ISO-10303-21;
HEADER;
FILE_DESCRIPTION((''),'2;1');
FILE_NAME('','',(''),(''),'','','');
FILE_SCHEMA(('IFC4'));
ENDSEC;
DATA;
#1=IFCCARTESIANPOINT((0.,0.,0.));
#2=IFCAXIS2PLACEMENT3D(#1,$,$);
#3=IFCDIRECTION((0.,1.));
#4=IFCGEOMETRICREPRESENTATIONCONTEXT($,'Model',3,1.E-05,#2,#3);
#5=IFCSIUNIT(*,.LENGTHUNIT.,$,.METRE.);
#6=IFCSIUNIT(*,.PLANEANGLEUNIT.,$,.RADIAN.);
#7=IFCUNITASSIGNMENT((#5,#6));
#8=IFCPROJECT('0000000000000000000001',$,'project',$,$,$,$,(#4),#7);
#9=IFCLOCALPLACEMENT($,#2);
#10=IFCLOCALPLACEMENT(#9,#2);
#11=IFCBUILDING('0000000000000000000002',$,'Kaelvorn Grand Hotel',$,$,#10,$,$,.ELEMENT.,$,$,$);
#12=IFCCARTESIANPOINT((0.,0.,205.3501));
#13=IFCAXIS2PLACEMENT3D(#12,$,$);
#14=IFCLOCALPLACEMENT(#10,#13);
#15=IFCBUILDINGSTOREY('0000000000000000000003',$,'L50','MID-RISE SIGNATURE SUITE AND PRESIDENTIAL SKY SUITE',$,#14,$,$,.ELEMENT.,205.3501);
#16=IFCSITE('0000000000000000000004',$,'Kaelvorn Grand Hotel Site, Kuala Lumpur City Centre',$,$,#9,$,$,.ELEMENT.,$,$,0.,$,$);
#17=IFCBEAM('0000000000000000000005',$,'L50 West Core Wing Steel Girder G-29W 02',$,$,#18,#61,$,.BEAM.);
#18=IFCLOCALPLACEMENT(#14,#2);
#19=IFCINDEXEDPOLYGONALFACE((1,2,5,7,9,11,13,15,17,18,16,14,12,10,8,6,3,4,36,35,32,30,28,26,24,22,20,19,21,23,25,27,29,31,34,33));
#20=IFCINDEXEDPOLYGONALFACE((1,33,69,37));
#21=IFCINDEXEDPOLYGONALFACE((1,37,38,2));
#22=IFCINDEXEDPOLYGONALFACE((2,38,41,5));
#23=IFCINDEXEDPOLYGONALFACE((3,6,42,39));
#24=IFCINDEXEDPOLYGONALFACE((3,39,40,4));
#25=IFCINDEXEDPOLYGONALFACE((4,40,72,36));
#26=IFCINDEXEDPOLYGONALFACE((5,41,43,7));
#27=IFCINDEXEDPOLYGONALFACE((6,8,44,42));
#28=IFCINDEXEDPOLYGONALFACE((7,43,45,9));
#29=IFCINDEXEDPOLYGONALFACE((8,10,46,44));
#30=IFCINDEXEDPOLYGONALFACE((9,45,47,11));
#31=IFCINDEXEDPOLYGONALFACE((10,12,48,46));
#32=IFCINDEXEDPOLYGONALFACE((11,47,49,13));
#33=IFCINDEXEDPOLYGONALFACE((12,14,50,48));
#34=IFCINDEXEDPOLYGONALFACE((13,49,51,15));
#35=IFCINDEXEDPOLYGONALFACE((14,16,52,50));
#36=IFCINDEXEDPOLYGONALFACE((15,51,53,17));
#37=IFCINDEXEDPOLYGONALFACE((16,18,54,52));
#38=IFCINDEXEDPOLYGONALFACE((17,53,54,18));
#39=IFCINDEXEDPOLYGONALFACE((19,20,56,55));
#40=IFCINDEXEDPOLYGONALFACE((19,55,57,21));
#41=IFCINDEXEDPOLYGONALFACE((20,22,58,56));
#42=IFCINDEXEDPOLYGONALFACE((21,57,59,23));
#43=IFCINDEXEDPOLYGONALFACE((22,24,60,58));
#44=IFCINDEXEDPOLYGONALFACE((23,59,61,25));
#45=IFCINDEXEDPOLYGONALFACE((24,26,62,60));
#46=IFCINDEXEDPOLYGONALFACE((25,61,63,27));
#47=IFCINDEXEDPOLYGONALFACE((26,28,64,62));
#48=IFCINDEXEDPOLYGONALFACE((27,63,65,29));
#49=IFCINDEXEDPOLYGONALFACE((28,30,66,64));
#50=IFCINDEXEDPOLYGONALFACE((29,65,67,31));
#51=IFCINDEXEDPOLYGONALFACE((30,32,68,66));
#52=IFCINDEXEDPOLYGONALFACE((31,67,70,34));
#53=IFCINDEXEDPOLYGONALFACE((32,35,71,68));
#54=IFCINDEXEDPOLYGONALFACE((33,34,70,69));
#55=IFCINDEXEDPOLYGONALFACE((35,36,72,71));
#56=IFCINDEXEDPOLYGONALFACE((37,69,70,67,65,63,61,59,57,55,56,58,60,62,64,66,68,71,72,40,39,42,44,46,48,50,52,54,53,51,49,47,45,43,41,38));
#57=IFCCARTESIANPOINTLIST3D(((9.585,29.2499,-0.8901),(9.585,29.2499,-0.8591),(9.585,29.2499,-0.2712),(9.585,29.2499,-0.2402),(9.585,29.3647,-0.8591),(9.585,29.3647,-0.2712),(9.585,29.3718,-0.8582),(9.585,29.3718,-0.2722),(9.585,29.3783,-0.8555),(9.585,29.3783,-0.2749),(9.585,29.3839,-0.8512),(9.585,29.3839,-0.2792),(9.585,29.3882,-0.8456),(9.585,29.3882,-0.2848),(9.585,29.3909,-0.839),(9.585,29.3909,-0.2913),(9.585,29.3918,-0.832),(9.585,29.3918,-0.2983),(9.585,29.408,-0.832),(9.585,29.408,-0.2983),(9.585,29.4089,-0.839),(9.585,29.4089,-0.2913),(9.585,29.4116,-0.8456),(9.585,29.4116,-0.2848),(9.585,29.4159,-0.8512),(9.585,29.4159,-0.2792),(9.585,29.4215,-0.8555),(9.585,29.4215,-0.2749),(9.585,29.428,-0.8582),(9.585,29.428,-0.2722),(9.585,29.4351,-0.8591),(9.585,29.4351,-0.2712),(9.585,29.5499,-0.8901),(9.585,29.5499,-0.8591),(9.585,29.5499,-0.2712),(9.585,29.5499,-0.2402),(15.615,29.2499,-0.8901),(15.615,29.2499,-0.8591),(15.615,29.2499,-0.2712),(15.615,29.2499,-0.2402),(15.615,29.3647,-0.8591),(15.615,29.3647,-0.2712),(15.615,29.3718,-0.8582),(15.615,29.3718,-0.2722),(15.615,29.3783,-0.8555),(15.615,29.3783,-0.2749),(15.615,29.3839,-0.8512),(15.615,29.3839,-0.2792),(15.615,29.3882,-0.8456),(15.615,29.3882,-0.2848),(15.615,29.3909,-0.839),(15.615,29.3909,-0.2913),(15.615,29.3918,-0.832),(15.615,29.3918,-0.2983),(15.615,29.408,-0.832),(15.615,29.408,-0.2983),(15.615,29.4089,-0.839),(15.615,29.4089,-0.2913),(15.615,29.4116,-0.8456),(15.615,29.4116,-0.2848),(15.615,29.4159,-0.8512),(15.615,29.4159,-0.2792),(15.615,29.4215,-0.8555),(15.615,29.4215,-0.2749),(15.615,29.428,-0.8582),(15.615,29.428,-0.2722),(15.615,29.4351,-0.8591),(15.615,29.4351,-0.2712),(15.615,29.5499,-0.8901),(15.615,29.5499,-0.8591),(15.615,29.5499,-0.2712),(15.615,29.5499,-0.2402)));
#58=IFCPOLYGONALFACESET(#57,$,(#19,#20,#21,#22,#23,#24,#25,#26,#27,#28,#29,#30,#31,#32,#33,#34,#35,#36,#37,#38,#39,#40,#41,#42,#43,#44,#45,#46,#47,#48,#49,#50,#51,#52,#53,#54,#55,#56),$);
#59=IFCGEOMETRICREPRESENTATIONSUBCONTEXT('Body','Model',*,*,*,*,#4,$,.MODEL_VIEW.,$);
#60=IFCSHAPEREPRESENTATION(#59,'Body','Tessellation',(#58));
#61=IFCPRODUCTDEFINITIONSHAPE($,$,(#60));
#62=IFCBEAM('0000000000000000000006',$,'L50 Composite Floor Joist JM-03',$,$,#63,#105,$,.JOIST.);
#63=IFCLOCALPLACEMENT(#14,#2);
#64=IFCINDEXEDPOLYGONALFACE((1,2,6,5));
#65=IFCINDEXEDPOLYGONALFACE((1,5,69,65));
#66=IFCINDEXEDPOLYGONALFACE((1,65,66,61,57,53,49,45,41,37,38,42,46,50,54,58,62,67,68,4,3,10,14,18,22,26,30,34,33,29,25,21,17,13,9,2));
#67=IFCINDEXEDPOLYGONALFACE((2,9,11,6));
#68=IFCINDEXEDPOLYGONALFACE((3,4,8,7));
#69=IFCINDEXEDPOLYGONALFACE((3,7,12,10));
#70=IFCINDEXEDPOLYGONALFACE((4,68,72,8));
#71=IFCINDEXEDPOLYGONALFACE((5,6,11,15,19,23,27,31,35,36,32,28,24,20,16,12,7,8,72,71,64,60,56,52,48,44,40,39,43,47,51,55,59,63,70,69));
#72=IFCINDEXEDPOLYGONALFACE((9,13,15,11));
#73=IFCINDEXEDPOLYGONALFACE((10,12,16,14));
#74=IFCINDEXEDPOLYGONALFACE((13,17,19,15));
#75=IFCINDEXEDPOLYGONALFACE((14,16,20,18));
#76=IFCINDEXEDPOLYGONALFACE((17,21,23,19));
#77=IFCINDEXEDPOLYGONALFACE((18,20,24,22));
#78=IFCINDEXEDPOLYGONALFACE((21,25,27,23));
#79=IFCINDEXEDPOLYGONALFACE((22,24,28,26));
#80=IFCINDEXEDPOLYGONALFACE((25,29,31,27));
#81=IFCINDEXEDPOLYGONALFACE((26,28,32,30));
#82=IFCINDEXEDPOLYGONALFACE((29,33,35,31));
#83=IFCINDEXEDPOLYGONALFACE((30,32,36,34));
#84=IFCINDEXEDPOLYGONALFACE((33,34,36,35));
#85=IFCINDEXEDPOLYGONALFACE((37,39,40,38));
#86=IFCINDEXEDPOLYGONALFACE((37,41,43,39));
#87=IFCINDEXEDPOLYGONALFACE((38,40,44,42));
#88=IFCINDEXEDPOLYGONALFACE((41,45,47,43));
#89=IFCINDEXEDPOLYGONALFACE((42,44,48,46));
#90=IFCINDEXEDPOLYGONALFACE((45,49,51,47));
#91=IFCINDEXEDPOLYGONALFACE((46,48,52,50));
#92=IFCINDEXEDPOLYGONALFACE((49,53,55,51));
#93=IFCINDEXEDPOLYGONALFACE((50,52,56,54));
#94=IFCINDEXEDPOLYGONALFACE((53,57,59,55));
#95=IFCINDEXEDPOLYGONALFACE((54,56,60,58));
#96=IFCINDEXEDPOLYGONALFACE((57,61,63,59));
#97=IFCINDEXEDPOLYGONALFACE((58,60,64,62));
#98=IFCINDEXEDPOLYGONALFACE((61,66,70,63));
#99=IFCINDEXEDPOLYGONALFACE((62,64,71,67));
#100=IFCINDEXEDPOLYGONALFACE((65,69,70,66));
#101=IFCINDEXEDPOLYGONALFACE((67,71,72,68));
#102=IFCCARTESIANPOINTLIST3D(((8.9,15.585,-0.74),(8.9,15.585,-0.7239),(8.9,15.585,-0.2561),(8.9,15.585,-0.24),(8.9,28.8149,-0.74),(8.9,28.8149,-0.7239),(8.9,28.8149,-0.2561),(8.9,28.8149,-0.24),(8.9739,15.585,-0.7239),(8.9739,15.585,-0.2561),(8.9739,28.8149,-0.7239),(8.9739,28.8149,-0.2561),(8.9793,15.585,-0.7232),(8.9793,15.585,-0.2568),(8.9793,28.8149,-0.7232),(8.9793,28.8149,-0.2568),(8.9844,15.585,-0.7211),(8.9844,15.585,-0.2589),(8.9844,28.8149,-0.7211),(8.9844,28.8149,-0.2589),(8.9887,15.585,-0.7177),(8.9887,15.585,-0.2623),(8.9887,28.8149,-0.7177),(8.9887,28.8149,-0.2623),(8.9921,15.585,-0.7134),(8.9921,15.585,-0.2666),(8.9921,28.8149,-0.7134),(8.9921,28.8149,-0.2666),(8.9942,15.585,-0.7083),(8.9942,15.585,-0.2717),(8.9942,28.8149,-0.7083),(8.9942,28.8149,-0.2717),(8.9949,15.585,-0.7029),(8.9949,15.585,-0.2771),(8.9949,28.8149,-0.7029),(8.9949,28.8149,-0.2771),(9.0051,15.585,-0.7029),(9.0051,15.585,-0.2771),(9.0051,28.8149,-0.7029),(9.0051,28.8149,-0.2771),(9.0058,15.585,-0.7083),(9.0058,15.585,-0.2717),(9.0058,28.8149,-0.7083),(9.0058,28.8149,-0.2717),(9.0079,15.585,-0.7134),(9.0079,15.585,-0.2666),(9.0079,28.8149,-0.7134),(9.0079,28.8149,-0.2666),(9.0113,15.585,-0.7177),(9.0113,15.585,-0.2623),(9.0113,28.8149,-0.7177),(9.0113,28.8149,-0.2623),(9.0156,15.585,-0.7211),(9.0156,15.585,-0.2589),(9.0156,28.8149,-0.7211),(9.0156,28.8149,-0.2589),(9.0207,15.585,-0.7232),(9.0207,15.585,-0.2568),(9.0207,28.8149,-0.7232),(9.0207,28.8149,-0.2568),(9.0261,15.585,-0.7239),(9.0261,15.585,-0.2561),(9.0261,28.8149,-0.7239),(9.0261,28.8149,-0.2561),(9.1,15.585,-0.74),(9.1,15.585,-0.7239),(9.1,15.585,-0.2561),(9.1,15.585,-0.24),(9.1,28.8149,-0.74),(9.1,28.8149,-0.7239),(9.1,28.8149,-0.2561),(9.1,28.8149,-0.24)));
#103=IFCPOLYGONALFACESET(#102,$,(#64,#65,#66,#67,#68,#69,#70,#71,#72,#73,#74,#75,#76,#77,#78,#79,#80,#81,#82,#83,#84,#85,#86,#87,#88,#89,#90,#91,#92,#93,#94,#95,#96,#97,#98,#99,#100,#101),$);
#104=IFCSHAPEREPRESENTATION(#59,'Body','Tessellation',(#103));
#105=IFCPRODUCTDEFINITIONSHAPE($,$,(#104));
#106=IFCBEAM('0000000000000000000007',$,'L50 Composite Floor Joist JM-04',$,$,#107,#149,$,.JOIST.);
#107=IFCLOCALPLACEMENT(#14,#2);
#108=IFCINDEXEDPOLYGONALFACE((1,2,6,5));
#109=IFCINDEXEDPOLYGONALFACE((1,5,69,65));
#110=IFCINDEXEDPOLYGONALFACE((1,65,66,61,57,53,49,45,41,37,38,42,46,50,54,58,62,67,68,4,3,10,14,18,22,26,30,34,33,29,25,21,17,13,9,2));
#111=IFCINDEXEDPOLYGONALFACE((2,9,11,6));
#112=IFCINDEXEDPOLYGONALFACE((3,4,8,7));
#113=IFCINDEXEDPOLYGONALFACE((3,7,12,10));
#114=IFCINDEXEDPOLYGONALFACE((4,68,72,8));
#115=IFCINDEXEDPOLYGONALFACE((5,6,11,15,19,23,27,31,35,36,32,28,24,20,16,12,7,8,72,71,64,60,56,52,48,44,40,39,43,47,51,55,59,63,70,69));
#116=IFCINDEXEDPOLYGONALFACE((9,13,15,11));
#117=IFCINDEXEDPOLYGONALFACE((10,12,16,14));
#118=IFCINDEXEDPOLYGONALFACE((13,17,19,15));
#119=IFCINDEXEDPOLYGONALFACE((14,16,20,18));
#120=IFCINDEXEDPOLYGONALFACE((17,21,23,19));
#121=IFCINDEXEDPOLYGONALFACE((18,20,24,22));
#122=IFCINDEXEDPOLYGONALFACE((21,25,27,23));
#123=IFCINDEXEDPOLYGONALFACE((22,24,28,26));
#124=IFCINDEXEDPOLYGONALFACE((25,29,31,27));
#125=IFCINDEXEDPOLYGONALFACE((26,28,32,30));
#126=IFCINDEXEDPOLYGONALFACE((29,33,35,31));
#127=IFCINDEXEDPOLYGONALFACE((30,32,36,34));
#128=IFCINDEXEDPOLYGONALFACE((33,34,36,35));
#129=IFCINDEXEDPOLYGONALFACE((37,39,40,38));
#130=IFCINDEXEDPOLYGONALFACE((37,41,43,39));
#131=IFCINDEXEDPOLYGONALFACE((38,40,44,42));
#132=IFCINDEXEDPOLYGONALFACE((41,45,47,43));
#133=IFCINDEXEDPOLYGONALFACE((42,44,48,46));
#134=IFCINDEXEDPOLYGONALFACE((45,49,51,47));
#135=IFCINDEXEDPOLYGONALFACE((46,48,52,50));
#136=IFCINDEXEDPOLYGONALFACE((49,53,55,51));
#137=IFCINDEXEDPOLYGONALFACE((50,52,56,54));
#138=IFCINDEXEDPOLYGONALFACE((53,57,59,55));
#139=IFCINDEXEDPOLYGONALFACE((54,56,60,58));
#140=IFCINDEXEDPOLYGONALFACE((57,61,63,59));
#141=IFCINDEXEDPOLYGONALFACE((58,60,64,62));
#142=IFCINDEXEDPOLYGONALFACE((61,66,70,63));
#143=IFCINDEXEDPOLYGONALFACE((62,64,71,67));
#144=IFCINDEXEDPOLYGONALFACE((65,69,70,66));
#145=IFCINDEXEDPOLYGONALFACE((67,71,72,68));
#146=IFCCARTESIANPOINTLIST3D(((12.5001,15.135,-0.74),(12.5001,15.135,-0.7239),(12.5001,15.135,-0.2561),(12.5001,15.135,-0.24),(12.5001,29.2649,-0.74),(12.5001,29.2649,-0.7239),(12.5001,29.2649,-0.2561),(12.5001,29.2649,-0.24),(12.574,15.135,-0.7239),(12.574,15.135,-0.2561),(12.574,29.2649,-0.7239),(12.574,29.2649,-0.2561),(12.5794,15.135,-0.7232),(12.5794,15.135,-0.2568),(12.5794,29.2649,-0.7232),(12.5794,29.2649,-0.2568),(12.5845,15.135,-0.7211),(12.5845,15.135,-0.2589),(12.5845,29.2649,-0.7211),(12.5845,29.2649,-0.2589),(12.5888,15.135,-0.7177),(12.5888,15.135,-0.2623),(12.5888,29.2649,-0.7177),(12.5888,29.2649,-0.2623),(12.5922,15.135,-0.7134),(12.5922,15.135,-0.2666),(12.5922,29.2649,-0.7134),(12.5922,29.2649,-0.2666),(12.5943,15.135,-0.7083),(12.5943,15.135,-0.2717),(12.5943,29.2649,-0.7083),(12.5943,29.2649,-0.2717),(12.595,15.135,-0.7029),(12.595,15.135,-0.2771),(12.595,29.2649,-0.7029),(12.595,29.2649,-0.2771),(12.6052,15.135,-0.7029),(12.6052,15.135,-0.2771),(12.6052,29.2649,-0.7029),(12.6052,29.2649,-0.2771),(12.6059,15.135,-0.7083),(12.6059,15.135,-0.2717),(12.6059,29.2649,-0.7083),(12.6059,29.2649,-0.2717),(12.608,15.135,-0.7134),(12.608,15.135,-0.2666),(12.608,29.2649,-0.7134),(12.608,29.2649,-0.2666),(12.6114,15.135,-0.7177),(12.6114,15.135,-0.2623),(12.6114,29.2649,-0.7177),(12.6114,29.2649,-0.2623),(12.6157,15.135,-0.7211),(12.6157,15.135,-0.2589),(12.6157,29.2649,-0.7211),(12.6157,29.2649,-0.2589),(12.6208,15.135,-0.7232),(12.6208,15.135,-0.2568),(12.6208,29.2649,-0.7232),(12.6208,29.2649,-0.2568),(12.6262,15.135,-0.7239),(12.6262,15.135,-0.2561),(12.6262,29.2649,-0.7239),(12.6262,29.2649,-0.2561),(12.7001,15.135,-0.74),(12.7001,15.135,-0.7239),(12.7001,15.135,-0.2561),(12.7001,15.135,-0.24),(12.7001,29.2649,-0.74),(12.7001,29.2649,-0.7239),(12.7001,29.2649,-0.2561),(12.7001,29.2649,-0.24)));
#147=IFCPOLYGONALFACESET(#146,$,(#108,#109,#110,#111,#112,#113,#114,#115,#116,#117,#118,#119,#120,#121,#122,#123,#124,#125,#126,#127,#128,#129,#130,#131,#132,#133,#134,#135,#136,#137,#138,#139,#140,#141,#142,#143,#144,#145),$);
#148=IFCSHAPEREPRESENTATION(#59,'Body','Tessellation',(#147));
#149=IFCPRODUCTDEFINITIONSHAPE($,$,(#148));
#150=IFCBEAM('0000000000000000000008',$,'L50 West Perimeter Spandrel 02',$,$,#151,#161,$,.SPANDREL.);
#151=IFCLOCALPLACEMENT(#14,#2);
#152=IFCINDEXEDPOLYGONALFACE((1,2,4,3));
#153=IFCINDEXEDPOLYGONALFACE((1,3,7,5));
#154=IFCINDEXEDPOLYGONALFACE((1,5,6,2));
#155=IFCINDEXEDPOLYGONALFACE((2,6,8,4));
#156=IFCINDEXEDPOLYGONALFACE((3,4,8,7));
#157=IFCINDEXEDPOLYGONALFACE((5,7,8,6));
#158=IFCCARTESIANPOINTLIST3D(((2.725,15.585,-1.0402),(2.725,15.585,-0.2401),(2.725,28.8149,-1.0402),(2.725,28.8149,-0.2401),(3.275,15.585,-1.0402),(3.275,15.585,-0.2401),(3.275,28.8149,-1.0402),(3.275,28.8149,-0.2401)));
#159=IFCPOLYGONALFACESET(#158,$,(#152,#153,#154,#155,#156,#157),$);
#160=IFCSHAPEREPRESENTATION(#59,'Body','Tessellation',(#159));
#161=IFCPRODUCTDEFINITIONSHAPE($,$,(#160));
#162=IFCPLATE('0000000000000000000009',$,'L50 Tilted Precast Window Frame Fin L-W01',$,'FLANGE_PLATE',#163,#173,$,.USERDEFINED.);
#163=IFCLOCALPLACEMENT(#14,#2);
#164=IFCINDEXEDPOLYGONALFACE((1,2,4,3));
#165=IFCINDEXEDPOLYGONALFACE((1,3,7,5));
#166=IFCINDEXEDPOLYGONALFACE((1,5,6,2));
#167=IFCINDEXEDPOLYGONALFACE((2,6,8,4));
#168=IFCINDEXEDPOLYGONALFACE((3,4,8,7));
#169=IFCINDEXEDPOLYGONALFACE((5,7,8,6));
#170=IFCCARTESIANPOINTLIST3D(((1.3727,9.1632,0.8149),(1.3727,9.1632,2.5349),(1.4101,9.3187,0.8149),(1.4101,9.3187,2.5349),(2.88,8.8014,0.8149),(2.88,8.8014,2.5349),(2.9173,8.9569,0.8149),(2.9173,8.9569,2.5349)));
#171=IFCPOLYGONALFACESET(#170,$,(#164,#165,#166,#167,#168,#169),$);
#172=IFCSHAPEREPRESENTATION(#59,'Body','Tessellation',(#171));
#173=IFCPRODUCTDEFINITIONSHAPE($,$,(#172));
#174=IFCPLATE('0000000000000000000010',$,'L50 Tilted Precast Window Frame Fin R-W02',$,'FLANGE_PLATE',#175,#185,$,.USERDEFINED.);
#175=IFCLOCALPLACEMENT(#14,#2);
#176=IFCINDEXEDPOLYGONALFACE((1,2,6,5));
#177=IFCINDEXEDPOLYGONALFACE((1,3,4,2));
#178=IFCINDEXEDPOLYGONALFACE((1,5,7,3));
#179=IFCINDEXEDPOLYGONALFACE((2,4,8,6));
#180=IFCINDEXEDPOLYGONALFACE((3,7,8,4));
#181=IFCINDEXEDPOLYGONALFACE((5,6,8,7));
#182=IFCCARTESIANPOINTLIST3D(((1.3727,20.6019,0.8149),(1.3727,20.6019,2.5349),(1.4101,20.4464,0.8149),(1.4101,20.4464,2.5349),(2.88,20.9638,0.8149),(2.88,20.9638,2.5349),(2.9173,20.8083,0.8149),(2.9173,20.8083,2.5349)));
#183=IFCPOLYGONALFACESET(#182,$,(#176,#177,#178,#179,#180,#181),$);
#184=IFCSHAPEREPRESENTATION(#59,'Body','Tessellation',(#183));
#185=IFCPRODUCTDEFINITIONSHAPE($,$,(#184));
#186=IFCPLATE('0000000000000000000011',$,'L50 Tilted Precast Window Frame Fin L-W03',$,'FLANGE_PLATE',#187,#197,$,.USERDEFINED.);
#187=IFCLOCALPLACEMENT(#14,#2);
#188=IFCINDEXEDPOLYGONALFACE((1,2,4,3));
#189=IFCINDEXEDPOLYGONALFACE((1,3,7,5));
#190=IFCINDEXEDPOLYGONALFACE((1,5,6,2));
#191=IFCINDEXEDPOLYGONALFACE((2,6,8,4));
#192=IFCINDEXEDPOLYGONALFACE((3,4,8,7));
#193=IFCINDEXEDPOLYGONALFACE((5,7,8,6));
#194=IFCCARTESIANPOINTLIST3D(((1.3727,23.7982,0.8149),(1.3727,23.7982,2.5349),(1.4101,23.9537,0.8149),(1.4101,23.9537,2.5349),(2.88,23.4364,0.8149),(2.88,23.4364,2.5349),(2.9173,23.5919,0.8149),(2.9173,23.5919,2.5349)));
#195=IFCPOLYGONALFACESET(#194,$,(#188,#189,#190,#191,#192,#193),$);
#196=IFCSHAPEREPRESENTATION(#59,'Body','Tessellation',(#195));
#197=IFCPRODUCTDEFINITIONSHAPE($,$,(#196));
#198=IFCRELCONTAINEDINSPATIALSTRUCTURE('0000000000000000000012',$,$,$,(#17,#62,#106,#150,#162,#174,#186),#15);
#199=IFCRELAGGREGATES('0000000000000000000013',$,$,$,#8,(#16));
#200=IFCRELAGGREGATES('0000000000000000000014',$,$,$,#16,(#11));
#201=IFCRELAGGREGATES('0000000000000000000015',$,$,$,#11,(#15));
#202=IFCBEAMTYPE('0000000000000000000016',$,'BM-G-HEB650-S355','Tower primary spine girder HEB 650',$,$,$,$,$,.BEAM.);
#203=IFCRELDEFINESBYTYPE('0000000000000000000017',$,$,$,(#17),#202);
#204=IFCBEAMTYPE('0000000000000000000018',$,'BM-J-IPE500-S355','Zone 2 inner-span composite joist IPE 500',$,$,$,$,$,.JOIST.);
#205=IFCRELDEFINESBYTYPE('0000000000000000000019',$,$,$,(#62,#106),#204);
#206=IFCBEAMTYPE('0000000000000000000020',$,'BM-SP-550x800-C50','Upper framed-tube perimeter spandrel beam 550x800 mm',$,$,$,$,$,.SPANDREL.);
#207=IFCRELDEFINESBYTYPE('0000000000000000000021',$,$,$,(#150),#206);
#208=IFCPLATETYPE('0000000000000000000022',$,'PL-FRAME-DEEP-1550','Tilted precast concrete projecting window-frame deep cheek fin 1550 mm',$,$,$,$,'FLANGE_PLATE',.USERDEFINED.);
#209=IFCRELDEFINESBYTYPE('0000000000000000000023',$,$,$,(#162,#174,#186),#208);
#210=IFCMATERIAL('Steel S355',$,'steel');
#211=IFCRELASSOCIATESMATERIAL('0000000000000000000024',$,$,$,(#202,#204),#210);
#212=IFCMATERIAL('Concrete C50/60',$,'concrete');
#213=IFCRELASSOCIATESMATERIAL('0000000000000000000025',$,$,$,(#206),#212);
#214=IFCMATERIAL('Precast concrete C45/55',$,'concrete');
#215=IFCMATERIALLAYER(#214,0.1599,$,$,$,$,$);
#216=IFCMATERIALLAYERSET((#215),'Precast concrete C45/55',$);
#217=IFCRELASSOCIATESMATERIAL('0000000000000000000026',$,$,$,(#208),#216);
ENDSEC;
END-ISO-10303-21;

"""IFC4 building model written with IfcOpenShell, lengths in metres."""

from ifc_helpers import new_model, si_unit, direction, frame, origin, origin_2d, place, context, subcontext, project, spatial, rectangle, i_section, extrude, material, layer, layer_set, material_profile, profile_set, type_object, element, save


model = new_model("IFC4")

# Units and contexts
model_context = context("Model", 3, precision=1e-05, world=origin(), true_north=direction((0.0, 1.0)))
body_context = subcontext(model_context, "Body", "Model", "MODEL_VIEW")
ifc_project = project(units=[si_unit("LENGTHUNIT", "METRE"), si_unit("PLANEANGLEUNIT", "RADIAN")], contexts=[model_context])

# Site, building, storey
site_placement = place(None, origin())
site = spatial("IfcSite", under=ifc_project, at=site_placement, Name="Kaelvorn Grand Hotel Site, Kuala Lumpur City Centre", CompositionType="ELEMENT", RefElevation=0.0)
building_placement = place(site_placement, origin())
building = spatial("IfcBuilding", under=site, at=building_placement, Name="Kaelvorn Grand Hotel", CompositionType="ELEMENT")
storey_placement = place(building_placement, frame((0.0, 0.0, 205.3501)))
storey = spatial("IfcBuildingStorey", under=building, at=storey_placement, Name="L50", Description="MID-RISE SIGNATURE SUITE AND PRESIDENTIAL SKY SUITE", CompositionType="ELEMENT", Elevation=205.3501)

# Beams
ifc_material_1 = material(Name="Steel S355", Category="steel")
ifc_material_profile_1 = material_profile(ifc_material_1, i_section(OverallWidth=0.3, OverallDepth=0.6499, WebThickness=0.0161, FlangeThickness=0.031, FilletRadius=0.0271, at=origin_2d()), Name="HEB 650")
ifc_profile_set_1 = profile_set([ifc_material_profile_1], Name="Steel S355")
beam_type_1 = type_object("IfcBeamType", Name="BM-G-HEB650-S355", Description="Tower primary spine girder HEB 650", PredefinedType="BEAM", material=ifc_profile_set_1)
beam_1_placement = place(storey_placement, frame((9.585, 29.3999, -0.5652), z_axis=(1.0, 0.0, 0.0), x_axis=(0.0, 1.0, 0.0)))
element("IfcBeam", 1, at=beam_1_placement, inside=storey, type_object=beam_type_1, Name="L50 West Core Wing Steel Girder G-29W 02", PredefinedType="BEAM", context=body_context, shape_type="SweptSolid", body=[
    extrude(i_section(OverallWidth=0.3, OverallDepth=0.6499, WebThickness=0.0161, FlangeThickness=0.031, FilletRadius=0.0271, at=origin_2d()), origin(), (0.0, 0.0, 1.0), 6.03),
])
ifc_material_profile_2 = material_profile(ifc_material_1, i_section(OverallWidth=0.2, OverallDepth=0.5, WebThickness=0.0103, FlangeThickness=0.0161, FilletRadius=0.021, at=origin_2d()), Name="IPE 500")
ifc_profile_set_2 = profile_set([ifc_material_profile_2], Name="Steel S355")
beam_type_2 = type_object("IfcBeamType", Name="BM-J-IPE500-S355", Description="Zone 2 inner-span composite joist IPE 500", PredefinedType="JOIST", material=ifc_profile_set_2)
beam_2_placement = place(storey_placement, frame((9.0, 15.585, -0.49), z_axis=(0.0, 1.0, 0.0), x_axis=(-1.0, 0.0, 0.0)))
element("IfcBeam", 2, at=beam_2_placement, inside=storey, type_object=beam_type_2, Name="L50 Composite Floor Joist JM-03", PredefinedType="JOIST", context=body_context, shape_type="SweptSolid", body=[
    extrude(i_section(OverallWidth=0.2, OverallDepth=0.5, WebThickness=0.0103, FlangeThickness=0.0161, FilletRadius=0.021, at=origin_2d()), origin(), (0.0, 0.0, 1.0), 13.23),
])
beam_3_placement = place(storey_placement, frame((12.6001, 15.135, -0.49), z_axis=(0.0, 1.0, 0.0), x_axis=(-1.0, 0.0, 0.0)))
element("IfcBeam", 3, at=beam_3_placement, inside=storey, type_object=beam_type_2, Name="L50 Composite Floor Joist JM-04", PredefinedType="JOIST", context=body_context, shape_type="SweptSolid", body=[
    extrude(i_section(OverallWidth=0.2, OverallDepth=0.5, WebThickness=0.0103, FlangeThickness=0.0161, FilletRadius=0.021, at=origin_2d()), origin(), (0.0, 0.0, 1.0), 14.1299),
])
ifc_material_2 = material(Name="Concrete C50/60", Category="concrete")
ifc_material_profile_3 = material_profile(ifc_material_2, rectangle(XDim=0.55, YDim=0.8, at=origin_2d()), Name="RC SPANDREL 550x800")
ifc_profile_set_3 = profile_set([ifc_material_profile_3], Name="Concrete C50/60")
beam_type_3 = type_object("IfcBeamType", Name="BM-SP-550x800-C50", Description="Upper framed-tube perimeter spandrel beam 550x800 mm", PredefinedType="SPANDREL", material=ifc_profile_set_3)
beam_4_placement = place(storey_placement, frame((3.0, 15.585, -0.6401), z_axis=(0.0, 1.0, 0.0), x_axis=(-1.0, 0.0, 0.0)))
element("IfcBeam", 4, at=beam_4_placement, inside=storey, type_object=beam_type_3, Name="L50 West Perimeter Spandrel 02", PredefinedType="SPANDREL", context=body_context, shape_type="SweptSolid", body=[
    extrude(rectangle(XDim=0.55, YDim=0.8, at=origin_2d()), origin(), (0.0, 0.0, 1.0), 13.23),
])

# Plates
ifc_material_3 = material(Name="Precast concrete C45/55", Category="concrete")
ifc_layer_1 = layer(ifc_material_3, 0.1599)
ifc_layer_set_1 = layer_set([ifc_layer_1], Name="Precast concrete C45/55")
plate_type_1 = type_object("IfcPlateType", Name="PL-FRAME-DEEP-1550", Description="Tilted precast concrete projecting window-frame deep cheek fin 1550 mm", ElementType="FLANGE_PLATE", PredefinedType="USERDEFINED", material=ifc_layer_set_1)
for number, where, z_axis, x_axis, name in (
    (5, (2.145, 9.0601, 0.8149), (0.0, 0.0, 1.0), (0.233445, 0.97237, 0.0), "L50 Tilted Precast Window Frame Fin L-W01"),
    (6, (2.145, 20.7051, 0.8149), (0.0, 0.0, 1.0), (-0.233445, 0.97237, 0.0), "L50 Tilted Precast Window Frame Fin R-W02"),
    (7, (2.145, 23.6951, 0.8149), (0.0, 0.0, 1.0), (0.233445, 0.97237, 0.0), "L50 Tilted Precast Window Frame Fin L-W03"),
):
    element("IfcPlate", number, at=place(storey_placement, frame(where, z_axis=z_axis, x_axis=x_axis)), inside=storey, type_object=plate_type_1, Name=name, ObjectType="FLANGE_PLATE", PredefinedType="USERDEFINED", context=body_context, shape_type="SweptSolid", body=[
        extrude(rectangle(XDim=0.1599, YDim=1.55, at=origin_2d()), origin(), (0.0, 0.0, 1.0), 1.72),
    ])

save(model, "model.ifc")
